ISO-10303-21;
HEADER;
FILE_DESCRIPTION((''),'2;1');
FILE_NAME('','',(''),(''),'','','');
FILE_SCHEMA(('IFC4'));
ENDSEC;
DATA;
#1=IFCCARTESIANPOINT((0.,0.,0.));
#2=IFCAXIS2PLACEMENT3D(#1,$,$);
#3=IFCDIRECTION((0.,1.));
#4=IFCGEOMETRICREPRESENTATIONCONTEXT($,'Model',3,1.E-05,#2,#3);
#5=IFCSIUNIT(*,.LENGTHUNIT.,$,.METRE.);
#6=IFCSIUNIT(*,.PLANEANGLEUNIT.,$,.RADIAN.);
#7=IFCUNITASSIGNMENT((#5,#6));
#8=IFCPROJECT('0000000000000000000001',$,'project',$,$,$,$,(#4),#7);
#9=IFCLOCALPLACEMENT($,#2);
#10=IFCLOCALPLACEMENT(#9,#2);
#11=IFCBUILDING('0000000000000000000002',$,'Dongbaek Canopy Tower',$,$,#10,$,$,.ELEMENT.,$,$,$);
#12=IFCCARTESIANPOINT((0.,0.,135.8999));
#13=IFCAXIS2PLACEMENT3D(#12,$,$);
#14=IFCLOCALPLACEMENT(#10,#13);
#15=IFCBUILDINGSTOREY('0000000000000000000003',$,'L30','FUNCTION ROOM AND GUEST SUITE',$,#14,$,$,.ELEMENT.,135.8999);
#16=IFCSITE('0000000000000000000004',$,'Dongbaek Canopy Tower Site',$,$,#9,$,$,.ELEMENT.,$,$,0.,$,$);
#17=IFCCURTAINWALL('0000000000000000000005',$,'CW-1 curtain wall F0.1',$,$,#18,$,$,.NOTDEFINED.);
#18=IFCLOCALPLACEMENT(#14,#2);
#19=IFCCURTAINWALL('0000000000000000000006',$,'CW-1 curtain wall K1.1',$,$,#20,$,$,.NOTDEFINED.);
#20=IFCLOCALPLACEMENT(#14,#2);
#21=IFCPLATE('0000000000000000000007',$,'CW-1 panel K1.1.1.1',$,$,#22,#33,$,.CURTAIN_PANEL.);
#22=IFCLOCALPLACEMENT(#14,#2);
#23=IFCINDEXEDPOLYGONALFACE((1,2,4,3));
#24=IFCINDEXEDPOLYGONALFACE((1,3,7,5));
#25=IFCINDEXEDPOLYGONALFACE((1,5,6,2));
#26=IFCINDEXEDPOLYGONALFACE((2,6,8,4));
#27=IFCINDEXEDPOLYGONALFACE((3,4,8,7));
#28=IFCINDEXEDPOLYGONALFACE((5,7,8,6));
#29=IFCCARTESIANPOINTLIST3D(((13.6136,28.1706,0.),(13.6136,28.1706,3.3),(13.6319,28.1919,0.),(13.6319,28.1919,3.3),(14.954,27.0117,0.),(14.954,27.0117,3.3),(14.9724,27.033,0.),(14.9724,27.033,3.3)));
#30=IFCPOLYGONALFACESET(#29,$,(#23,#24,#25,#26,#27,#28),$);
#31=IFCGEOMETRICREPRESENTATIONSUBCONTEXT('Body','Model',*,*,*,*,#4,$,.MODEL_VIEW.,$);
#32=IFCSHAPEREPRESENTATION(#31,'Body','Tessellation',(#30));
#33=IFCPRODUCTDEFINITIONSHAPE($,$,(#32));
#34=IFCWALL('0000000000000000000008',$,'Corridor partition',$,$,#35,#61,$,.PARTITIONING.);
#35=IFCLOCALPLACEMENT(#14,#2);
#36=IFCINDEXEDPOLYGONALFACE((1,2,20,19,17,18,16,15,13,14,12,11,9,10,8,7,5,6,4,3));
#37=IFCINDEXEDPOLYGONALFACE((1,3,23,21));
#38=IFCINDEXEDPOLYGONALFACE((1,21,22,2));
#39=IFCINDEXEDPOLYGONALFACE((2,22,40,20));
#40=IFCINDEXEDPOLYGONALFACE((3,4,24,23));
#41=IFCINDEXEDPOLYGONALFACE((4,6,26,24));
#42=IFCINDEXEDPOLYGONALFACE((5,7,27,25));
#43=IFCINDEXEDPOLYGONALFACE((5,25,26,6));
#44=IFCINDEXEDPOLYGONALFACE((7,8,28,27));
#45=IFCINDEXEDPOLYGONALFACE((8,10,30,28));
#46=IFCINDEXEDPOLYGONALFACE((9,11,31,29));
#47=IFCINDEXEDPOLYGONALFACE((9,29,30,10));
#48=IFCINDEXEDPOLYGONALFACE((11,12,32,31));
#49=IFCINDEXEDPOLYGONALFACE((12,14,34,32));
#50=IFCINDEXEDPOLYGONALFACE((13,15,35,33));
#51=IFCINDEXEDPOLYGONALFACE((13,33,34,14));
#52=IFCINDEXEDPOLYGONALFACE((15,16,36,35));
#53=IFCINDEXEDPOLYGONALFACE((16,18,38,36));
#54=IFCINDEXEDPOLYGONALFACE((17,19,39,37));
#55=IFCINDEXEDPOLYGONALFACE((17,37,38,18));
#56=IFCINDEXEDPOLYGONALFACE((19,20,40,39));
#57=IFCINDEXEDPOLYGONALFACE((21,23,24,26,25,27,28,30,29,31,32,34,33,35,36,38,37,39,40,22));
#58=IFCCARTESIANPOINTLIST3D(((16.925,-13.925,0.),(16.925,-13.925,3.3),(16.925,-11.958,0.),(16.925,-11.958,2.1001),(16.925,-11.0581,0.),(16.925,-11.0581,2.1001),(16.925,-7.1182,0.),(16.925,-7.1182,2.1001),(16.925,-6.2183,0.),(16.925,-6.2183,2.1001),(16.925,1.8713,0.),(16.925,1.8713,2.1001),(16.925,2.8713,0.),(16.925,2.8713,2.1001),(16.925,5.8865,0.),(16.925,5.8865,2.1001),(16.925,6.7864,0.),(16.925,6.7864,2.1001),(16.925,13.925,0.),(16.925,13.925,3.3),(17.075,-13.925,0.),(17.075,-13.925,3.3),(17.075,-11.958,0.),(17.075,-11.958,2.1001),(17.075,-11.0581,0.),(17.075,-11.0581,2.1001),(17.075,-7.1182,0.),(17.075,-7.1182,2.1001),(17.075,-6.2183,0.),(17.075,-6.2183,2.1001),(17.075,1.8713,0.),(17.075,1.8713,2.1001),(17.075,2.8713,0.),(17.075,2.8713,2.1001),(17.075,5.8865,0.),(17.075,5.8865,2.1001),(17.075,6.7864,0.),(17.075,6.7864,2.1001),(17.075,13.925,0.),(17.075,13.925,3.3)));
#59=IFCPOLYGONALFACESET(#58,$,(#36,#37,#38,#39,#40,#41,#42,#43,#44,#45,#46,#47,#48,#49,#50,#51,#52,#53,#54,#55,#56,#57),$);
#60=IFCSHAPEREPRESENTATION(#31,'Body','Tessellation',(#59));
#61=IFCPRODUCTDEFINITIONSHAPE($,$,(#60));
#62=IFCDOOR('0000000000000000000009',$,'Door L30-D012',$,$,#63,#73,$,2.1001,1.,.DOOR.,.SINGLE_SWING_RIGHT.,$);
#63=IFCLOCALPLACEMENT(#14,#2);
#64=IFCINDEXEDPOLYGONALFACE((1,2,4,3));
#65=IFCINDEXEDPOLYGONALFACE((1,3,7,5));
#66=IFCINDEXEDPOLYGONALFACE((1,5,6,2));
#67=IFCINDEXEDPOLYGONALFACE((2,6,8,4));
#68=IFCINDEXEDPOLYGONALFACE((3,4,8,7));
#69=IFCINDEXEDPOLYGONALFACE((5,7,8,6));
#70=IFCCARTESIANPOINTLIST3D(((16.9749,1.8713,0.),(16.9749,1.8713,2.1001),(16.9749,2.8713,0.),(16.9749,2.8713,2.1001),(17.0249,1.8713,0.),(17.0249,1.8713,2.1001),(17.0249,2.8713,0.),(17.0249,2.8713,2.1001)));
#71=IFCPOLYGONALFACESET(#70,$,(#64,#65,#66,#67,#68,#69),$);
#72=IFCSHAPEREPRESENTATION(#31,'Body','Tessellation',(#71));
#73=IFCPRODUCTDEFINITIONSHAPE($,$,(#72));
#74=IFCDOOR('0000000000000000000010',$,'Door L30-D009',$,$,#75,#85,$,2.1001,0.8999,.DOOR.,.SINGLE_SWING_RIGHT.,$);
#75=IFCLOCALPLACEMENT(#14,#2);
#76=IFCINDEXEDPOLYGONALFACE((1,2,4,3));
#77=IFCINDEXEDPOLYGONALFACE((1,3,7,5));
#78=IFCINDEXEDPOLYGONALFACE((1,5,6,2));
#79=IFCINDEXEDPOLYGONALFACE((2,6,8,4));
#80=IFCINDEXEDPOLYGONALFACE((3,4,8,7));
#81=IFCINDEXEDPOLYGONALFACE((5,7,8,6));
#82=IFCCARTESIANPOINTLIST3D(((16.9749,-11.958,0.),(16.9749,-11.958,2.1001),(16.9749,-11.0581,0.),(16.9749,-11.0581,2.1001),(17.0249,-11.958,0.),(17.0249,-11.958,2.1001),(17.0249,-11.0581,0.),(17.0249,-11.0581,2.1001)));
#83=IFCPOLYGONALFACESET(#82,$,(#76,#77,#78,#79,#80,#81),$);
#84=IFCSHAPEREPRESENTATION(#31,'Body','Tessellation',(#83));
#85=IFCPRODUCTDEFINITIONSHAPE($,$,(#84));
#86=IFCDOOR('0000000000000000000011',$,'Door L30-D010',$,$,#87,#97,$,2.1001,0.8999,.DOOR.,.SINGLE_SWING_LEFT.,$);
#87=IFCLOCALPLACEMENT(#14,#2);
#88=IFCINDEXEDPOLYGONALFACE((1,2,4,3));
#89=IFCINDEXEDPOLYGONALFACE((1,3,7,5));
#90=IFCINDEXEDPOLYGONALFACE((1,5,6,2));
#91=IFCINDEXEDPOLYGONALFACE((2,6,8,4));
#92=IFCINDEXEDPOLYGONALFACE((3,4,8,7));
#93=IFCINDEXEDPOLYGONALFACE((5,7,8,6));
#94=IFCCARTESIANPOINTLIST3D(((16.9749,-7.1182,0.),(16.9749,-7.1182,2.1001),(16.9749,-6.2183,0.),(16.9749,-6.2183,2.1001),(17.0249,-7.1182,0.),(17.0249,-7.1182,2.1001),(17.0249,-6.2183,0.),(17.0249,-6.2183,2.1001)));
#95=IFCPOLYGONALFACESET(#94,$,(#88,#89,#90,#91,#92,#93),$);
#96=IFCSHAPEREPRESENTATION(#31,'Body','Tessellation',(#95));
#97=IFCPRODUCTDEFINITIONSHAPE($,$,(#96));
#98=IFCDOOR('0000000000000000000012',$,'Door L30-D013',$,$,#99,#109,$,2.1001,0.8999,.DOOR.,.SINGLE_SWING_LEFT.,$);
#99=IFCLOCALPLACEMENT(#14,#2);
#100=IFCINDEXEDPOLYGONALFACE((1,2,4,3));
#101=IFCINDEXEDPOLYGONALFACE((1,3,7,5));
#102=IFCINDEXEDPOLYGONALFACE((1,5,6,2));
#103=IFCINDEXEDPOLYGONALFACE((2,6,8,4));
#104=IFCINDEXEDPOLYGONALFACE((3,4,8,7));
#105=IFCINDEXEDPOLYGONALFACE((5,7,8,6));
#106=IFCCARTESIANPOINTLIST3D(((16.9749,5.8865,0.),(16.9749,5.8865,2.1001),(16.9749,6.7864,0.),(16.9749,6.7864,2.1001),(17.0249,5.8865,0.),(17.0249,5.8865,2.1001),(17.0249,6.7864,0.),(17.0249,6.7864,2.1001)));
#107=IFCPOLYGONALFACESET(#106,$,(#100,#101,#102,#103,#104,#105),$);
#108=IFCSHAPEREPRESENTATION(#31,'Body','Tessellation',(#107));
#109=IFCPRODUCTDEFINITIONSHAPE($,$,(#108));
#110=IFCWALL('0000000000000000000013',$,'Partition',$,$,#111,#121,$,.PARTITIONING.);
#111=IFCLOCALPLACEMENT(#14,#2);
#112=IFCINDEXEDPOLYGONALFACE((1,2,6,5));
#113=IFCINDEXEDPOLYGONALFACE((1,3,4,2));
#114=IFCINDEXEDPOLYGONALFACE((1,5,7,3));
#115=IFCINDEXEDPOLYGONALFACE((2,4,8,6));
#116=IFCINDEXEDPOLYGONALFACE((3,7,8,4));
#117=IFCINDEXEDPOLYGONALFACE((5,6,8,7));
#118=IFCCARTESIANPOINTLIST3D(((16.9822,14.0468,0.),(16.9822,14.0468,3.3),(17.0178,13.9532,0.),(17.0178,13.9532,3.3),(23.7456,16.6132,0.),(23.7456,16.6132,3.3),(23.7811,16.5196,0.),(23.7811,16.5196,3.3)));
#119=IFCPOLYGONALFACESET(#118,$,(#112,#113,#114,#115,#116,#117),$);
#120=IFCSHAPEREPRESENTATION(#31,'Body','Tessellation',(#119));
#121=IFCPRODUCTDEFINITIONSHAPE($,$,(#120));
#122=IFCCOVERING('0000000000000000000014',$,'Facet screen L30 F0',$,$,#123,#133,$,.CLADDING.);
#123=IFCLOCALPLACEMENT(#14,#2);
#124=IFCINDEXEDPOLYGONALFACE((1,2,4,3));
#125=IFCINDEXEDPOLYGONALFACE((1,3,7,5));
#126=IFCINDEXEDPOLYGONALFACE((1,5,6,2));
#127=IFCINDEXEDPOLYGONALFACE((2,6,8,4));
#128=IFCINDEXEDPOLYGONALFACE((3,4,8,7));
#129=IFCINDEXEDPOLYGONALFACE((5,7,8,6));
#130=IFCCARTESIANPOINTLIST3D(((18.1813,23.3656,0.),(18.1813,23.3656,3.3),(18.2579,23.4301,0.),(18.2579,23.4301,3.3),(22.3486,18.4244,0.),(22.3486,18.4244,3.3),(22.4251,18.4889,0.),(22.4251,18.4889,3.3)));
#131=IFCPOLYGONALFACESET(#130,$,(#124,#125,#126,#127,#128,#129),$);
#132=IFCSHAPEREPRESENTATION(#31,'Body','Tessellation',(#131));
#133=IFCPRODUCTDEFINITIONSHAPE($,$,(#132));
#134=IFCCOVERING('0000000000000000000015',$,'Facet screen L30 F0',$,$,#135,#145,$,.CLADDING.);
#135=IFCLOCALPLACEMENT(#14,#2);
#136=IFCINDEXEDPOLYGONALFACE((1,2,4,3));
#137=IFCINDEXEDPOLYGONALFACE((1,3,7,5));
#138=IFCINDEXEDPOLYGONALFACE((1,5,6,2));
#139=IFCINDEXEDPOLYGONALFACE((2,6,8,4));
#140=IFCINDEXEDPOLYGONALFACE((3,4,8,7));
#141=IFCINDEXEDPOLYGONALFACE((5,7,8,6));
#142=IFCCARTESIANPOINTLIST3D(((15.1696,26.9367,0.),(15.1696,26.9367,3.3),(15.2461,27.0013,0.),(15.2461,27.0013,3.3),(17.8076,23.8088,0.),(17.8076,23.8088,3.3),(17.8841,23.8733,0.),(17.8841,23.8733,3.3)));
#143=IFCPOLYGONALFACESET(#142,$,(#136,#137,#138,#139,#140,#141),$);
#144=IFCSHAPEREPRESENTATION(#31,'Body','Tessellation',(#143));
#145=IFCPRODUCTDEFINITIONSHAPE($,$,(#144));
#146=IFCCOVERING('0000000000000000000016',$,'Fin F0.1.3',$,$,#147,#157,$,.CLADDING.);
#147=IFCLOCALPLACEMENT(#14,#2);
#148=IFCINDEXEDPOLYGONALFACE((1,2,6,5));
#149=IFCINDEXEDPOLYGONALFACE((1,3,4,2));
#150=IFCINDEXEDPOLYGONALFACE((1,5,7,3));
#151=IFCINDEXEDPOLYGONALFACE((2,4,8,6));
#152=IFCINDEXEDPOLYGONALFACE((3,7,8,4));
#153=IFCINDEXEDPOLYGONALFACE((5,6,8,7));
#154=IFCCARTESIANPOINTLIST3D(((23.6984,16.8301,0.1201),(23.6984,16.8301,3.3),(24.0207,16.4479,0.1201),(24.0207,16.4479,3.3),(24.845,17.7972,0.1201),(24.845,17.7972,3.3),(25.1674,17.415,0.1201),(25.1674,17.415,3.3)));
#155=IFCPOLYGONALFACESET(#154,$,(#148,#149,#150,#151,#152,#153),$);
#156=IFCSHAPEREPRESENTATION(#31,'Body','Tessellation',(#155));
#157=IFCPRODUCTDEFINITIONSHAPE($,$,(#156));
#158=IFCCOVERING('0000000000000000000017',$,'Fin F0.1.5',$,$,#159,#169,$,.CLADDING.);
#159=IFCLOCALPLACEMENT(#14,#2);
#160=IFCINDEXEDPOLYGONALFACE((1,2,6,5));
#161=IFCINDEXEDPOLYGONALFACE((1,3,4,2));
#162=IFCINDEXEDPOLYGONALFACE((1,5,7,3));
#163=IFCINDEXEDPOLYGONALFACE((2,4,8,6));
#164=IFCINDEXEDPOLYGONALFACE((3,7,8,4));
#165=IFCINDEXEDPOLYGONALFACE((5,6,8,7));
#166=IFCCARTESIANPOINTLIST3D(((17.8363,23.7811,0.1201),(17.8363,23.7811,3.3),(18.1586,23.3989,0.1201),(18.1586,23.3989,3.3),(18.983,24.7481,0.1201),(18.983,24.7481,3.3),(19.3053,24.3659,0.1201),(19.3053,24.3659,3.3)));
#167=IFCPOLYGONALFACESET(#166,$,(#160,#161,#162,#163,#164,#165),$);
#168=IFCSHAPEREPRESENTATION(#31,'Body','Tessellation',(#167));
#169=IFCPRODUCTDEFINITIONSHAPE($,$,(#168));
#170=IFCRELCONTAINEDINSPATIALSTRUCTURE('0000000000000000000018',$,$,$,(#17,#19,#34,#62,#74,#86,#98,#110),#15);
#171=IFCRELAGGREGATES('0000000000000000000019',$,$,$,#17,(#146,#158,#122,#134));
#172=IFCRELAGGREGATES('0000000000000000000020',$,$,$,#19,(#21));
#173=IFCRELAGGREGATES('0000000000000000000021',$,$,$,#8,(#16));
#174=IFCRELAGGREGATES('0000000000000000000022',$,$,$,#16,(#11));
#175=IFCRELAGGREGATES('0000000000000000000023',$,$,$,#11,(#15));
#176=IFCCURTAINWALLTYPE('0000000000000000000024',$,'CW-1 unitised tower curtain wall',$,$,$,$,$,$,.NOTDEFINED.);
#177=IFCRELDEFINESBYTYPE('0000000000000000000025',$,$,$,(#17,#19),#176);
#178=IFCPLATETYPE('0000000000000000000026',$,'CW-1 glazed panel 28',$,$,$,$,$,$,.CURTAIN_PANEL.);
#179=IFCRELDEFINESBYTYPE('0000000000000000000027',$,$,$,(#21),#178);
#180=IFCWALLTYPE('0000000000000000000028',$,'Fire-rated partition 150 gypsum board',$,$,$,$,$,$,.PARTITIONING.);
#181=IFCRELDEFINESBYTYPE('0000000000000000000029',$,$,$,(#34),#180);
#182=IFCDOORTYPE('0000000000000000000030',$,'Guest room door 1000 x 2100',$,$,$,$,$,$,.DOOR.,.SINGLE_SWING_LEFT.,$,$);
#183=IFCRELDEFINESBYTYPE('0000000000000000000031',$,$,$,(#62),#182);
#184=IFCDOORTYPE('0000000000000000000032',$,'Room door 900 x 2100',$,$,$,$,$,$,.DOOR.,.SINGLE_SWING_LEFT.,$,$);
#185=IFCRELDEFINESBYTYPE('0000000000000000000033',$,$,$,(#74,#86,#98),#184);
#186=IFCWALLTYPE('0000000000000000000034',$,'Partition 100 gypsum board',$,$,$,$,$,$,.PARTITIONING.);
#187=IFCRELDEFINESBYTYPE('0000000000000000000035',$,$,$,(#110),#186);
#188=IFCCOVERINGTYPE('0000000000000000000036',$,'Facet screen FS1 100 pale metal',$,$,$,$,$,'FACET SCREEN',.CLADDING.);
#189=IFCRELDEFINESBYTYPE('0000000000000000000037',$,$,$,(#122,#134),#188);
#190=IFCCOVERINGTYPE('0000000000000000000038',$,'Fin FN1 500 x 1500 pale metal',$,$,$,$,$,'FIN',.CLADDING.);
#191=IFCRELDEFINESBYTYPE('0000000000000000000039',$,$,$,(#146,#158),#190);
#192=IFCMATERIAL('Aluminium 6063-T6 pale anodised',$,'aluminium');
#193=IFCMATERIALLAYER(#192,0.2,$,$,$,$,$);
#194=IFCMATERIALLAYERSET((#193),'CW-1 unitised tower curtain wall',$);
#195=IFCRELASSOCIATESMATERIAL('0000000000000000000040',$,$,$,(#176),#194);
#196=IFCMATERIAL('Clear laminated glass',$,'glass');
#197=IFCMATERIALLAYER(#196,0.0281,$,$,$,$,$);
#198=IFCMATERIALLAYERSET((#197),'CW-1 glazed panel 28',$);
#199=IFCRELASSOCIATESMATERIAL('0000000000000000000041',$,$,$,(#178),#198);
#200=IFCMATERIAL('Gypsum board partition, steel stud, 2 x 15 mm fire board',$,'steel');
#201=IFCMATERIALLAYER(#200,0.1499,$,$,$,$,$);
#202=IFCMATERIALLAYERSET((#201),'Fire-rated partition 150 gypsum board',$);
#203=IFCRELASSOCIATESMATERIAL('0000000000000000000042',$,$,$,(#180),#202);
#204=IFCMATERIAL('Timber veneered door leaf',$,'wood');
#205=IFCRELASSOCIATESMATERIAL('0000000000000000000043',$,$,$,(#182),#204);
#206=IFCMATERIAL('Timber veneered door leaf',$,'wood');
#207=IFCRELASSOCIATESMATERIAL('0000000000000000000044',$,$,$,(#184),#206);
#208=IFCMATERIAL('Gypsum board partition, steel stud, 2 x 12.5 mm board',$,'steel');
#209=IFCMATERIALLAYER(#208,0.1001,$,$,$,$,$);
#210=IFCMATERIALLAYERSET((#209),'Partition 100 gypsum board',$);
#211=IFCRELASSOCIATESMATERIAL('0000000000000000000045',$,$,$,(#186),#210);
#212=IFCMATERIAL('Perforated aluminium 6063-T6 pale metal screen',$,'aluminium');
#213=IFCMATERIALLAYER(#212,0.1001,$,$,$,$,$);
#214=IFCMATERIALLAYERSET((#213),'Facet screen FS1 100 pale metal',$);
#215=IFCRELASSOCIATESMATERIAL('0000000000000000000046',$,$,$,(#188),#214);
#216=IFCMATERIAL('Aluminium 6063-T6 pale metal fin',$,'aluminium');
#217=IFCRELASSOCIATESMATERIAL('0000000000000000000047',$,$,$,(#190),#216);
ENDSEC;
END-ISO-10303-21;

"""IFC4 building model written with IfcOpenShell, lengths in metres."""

from ifc_helpers import new_model, si_unit, direction, frame, frame_2d, origin, origin_2d, place, context, subcontext, project, spatial, rectangle, extrude, material, layer, layer_set, material_profile, profile_set, type_object, element, fill, aggregate, save


model = new_model("IFC4")

# Units and contexts
model_context = context("Model", 3, precision=1e-05, world=origin(), true_north=direction((0.0, 1.0)))
body_context = subcontext(model_context, "Body", "Model", "MODEL_VIEW")
ifc_project = project(units=[si_unit("LENGTHUNIT", "METRE"), si_unit("PLANEANGLEUNIT", "RADIAN")], contexts=[model_context])

# Site, building, storey
site_placement = place(None, origin())
site = spatial("IfcSite", under=ifc_project, at=site_placement, Name="Dongbaek Canopy Tower Site", CompositionType="ELEMENT", RefElevation=0.0)
building_placement = place(site_placement, origin())
building = spatial("IfcBuilding", under=site, at=building_placement, Name="Dongbaek Canopy Tower", CompositionType="ELEMENT")
storey_placement = place(building_placement, frame((0.0, 0.0, 135.8999)))
storey = spatial("IfcBuildingStorey", under=building, at=storey_placement, Name="L30", Description="FUNCTION ROOM AND GUEST SUITE", CompositionType="ELEMENT", Elevation=135.8999)

# Curtain wall
ifc_material_1 = material(Name="Aluminium 6063-T6 pale anodised", Category="aluminium")
ifc_layer_1 = layer(ifc_material_1, 0.2)
ifc_layer_set_1 = layer_set([ifc_layer_1], Name="CW-1 unitised tower curtain wall")
curtain_wall_type = type_object("IfcCurtainWallType", Name="CW-1 unitised tower curtain wall", PredefinedType="NOTDEFINED", material=ifc_layer_set_1)
curtain_wall_1_placement = place(storey_placement, origin())
curtain_wall_1 = element("IfcCurtainWall", 1, at=curtain_wall_1_placement, inside=storey, type_object=curtain_wall_type, Name="CW-1 curtain wall F0.1", PredefinedType="NOTDEFINED")

# Curtain wall
curtain_wall_2_placement = place(storey_placement, origin())
curtain_wall_2 = element("IfcCurtainWall", 2, at=curtain_wall_2_placement, inside=storey, type_object=curtain_wall_type, Name="CW-1 curtain wall K1.1", PredefinedType="NOTDEFINED")

# Plate
ifc_material_2 = material(Name="Clear laminated glass", Category="glass")
ifc_layer_2 = layer(ifc_material_2, 0.0281)
ifc_layer_set_2 = layer_set([ifc_layer_2], Name="CW-1 glazed panel 28")
plate_type = type_object("IfcPlateType", Name="CW-1 glazed panel 28", PredefinedType="CURTAIN_PANEL", material=ifc_layer_set_2)
plate_1_placement = place(storey_placement, frame((14.293, 27.6018, 0.0), z_axis=(0.0, 0.0, 1.0), x_axis=(-0.756482, 0.654014, 0.0)))
plate_1 = element("IfcPlate", 3, at=plate_1_placement, type_object=plate_type, Name="CW-1 panel K1.1.1.1", PredefinedType="CURTAIN_PANEL", context=body_context, shape_type="SweptSolid", body=[
    extrude(rectangle(XDim=1.772, YDim=0.0281, at=origin_2d()), origin(), (0.0, 0.0, 1.0), 3.3),
])

# Wall, openings, doors
ifc_material_3 = material(Name="Gypsum board partition, steel stud, 2 x 15 mm fire board", Category="steel")
ifc_layer_3 = layer(ifc_material_3, 0.1499)
ifc_layer_set_3 = layer_set([ifc_layer_3], Name="Fire-rated partition 150 gypsum board")
wall_type_1 = type_object("IfcWallType", Name="Fire-rated partition 150 gypsum board", PredefinedType="PARTITIONING", material=ifc_layer_set_3)
wall_1_placement = place(storey_placement, frame((17.0, 13.925, 0.0), z_axis=(0.0, 0.0, 1.0), x_axis=(0.0, -1.0, 0.0)))
wall_1 = element("IfcWall", 4, at=wall_1_placement, inside=storey, type_object=wall_type_1, Name="Corridor partition", PredefinedType="PARTITIONING", context=body_context, shape_type="SweptSolid", body=[
    extrude(rectangle(XDim=27.8501, YDim=0.1499, at=frame_2d((13.925, 0.0))), origin(), (0.0, 0.0, 1.0), 3.3),
])
opening_1_placement = place(wall_1_placement, frame((24.9832, 0.0, 0.0)))
opening_1 = element("IfcOpeningElement", 5, at=opening_1_placement, cuts=wall_1, PredefinedType="OPENING", context=body_context, shape_type="SweptSolid", body=[
    extrude(rectangle(XDim=0.8999, YDim=2.1001, at=frame_2d((0.45, 1.05))), frame((0.0, 0.085, 0.0), z_axis=(0.0, -1.0, 0.0), x_axis=(1.0, 0.0, 0.0)), (0.0, 0.0, 1.0), 0.1699),
])
opening_2_placement = place(wall_1_placement, frame((20.1433, 0.0, 0.0)))
opening_2 = element("IfcOpeningElement", 6, at=opening_2_placement, cuts=wall_1, PredefinedType="OPENING", context=body_context, shape_type="SweptSolid", body=[
    extrude(rectangle(XDim=0.8999, YDim=2.1001, at=frame_2d((0.45, 1.05))), frame((0.0, 0.085, 0.0), z_axis=(0.0, -1.0, 0.0), x_axis=(1.0, 0.0, 0.0)), (0.0, 0.0, 1.0), 0.1699),
])
opening_3_placement = place(wall_1_placement, frame((11.0537, 0.0, 0.0)))
opening_3 = element("IfcOpeningElement", 7, at=opening_3_placement, cuts=wall_1, PredefinedType="OPENING", context=body_context, shape_type="SweptSolid", body=[
    extrude(rectangle(XDim=1.0, YDim=2.1001, at=frame_2d((0.5, 1.05))), frame((0.0, 0.085, 0.0), z_axis=(0.0, -1.0, 0.0), x_axis=(1.0, 0.0, 0.0)), (0.0, 0.0, 1.0), 0.1699),
])
opening_4_placement = place(wall_1_placement, frame((7.1387, 0.0, 0.0)))
opening_4 = element("IfcOpeningElement", 8, at=opening_4_placement, cuts=wall_1, PredefinedType="OPENING", context=body_context, shape_type="SweptSolid", body=[
    extrude(rectangle(XDim=0.8999, YDim=2.1001, at=frame_2d((0.45, 1.05))), frame((0.0, 0.085, 0.0), z_axis=(0.0, -1.0, 0.0), x_axis=(1.0, 0.0, 0.0)), (0.0, 0.0, 1.0), 0.1699),
])
ifc_material_4 = material(Name="Timber veneered door leaf", Category="wood")
door_type_1 = type_object("IfcDoorType", Name="Guest room door 1000 x 2100", OperationType="SINGLE_SWING_LEFT", PredefinedType="DOOR", material=ifc_material_4)
door_1_placement = place(opening_3_placement, origin())
door_1 = element("IfcDoor", 9, at=door_1_placement, inside=storey, type_object=door_type_1, Name="Door L30-D012", OperationType="SINGLE_SWING_RIGHT", OverallHeight=2.1001, OverallWidth=1.0, PredefinedType="DOOR", context=body_context, shape_type="SweptSolid", body=[
    extrude(rectangle(XDim=1.0, YDim=2.1001, at=frame_2d((0.5, 1.05))), frame((0.0, 0.0249, 0.0), z_axis=(0.0, -1.0, 0.0), x_axis=(1.0, 0.0, 0.0)), (0.0, 0.0, 1.0), 0.05),
])
fill(opening_3, door_1)
ifc_material_5 = material(Name="Timber veneered door leaf", Category="wood")
door_type_2 = type_object("IfcDoorType", Name="Room door 900 x 2100", OperationType="SINGLE_SWING_LEFT", PredefinedType="DOOR", material=ifc_material_5)
door_2_placement = place(opening_1_placement, origin())
door_2 = element("IfcDoor", 10, at=door_2_placement, inside=storey, type_object=door_type_2, Name="Door L30-D009", OperationType="SINGLE_SWING_RIGHT", OverallHeight=2.1001, OverallWidth=0.8999, PredefinedType="DOOR", context=body_context, shape_type="SweptSolid", body=[
    extrude(rectangle(XDim=0.8999, YDim=2.1001, at=frame_2d((0.45, 1.05))), frame((0.0, 0.0249, 0.0), z_axis=(0.0, -1.0, 0.0), x_axis=(1.0, 0.0, 0.0)), (0.0, 0.0, 1.0), 0.05),
])
fill(opening_1, door_2)
door_3_placement = place(opening_2_placement, origin())
door_3 = element("IfcDoor", 11, at=door_3_placement, inside=storey, type_object=door_type_2, Name="Door L30-D010", OperationType="SINGLE_SWING_LEFT", OverallHeight=2.1001, OverallWidth=0.8999, PredefinedType="DOOR", context=body_context, shape_type="SweptSolid", body=[
    extrude(rectangle(XDim=0.8999, YDim=2.1001, at=frame_2d((0.45, 1.05))), frame((0.0, 0.0249, 0.0), z_axis=(0.0, -1.0, 0.0), x_axis=(1.0, 0.0, 0.0)), (0.0, 0.0, 1.0), 0.05),
])
fill(opening_2, door_3)
door_4_placement = place(opening_4_placement, origin())
door_4 = element("IfcDoor", 12, at=door_4_placement, inside=storey, type_object=door_type_2, Name="Door L30-D013", OperationType="SINGLE_SWING_LEFT", OverallHeight=2.1001, OverallWidth=0.8999, PredefinedType="DOOR", context=body_context, shape_type="SweptSolid", body=[
    extrude(rectangle(XDim=0.8999, YDim=2.1001, at=frame_2d((0.45, 1.05))), frame((0.0, 0.0249, 0.0), z_axis=(0.0, -1.0, 0.0), x_axis=(1.0, 0.0, 0.0)), (0.0, 0.0, 1.0), 0.05),
])
fill(opening_4, door_4)

# Wall
ifc_material_6 = material(Name="Gypsum board partition, steel stud, 2 x 12.5 mm board", Category="steel")
ifc_layer_4 = layer(ifc_material_6, 0.1001)
ifc_layer_set_4 = layer_set([ifc_layer_4], Name="Partition 100 gypsum board")
wall_type_2 = type_object("IfcWallType", Name="Partition 100 gypsum board", PredefinedType="PARTITIONING", material=ifc_layer_set_4)
wall_2_placement = place(storey_placement, frame((17.0, 14.0, 0.0), z_axis=(0.0, 0.0, 1.0), x_axis=(0.934953, 0.354771, 0.0)))
element("IfcWall", 13, at=wall_2_placement, inside=storey, type_object=wall_type_2, Name="Partition", PredefinedType="PARTITIONING", context=body_context, shape_type="SweptSolid", body=[
    extrude(rectangle(XDim=7.2339, YDim=0.1001, at=frame_2d((3.6169, 0.0))), origin(), (0.0, 0.0, 1.0), 3.3),
])

# Coverings
ifc_material_7 = material(Name="Perforated aluminium 6063-T6 pale metal screen", Category="aluminium")
ifc_layer_5 = layer(ifc_material_7, 0.1001)
ifc_layer_set_5 = layer_set([ifc_layer_5], Name="Facet screen FS1 100 pale metal")
covering_type_1 = type_object("IfcCoveringType", Name="Facet screen FS1 100 pale metal", ElementType="FACET SCREEN", PredefinedType="CLADDING", material=ifc_layer_set_5)
covering_1_placement = place(storey_placement, frame((20.3032, 20.9272, 0.0), z_axis=(0.0, 0.0, 1.0), x_axis=(-0.644696, 0.764439, 0.0)))
covering_1 = element("IfcCovering", 14, at=covering_1_placement, type_object=covering_type_1, Name="Facet screen L30 F0", PredefinedType="CLADDING", context=body_context, shape_type="SweptSolid", body=[
    extrude(rectangle(XDim=6.4639, YDim=0.1001, at=origin_2d()), origin(), (0.0, 0.0, 1.0), 3.3),
])
covering_2_placement = place(storey_placement, frame((16.5269, 25.405, 0.0), z_axis=(0.0, 0.0, 1.0), x_axis=(-0.644696, 0.764439, 0.0)))
covering_2 = element("IfcCovering", 15, at=covering_2_placement, type_object=covering_type_1, Name="Facet screen L30 F0", PredefinedType="CLADDING", context=body_context, shape_type="SweptSolid", body=[
    extrude(rectangle(XDim=4.0918, YDim=0.1001, at=origin_2d()), origin(), (0.0, 0.0, 1.0), 3.3),
])
ifc_material_8 = material(Name="Aluminium 6063-T6 pale metal fin", Category="aluminium")
ifc_material_profile_1 = material_profile(ifc_material_8, rectangle(XDim=1.5, YDim=0.5, at=origin_2d()), Name="Fin FN1 500 x 1500 pale metal")
ifc_profile_set_1 = profile_set([ifc_material_profile_1], Name="Aluminium 6063-T6 pale metal fin")
covering_type_2 = type_object("IfcCoveringType", Name="Fin FN1 500 x 1500 pale metal", ElementType="FIN", PredefinedType="CLADDING", material=ifc_profile_set_1)
covering_3_placement = place(storey_placement, frame((24.4329, 17.1226, 0.1201), z_axis=(0.0, 0.0, 1.0), x_axis=(0.764439, 0.644696, 0.0)))
covering_3 = element("IfcCovering", 16, at=covering_3_placement, type_object=covering_type_2, Name="Fin F0.1.3", PredefinedType="CLADDING", context=body_context, shape_type="SweptSolid", body=[
    extrude(rectangle(XDim=1.5, YDim=0.5, at=origin_2d()), origin(), (0.0, 0.0, 1.0), 3.1799),
])
covering_4_placement = place(storey_placement, frame((18.5708, 24.0735, 0.1201), z_axis=(0.0, 0.0, 1.0), x_axis=(0.764439, 0.644696, 0.0)))
covering_4 = element("IfcCovering", 17, at=covering_4_placement, type_object=covering_type_2, Name="Fin F0.1.5", PredefinedType="CLADDING", context=body_context, shape_type="SweptSolid", body=[
    extrude(rectangle(XDim=1.5, YDim=0.5, at=origin_2d()), origin(), (0.0, 0.0, 1.0), 3.1799),
])
aggregate(curtain_wall_1, [covering_3, covering_4, covering_1, covering_2])
aggregate(curtain_wall_2, [plate_1])

save(model, "model.ifc")
